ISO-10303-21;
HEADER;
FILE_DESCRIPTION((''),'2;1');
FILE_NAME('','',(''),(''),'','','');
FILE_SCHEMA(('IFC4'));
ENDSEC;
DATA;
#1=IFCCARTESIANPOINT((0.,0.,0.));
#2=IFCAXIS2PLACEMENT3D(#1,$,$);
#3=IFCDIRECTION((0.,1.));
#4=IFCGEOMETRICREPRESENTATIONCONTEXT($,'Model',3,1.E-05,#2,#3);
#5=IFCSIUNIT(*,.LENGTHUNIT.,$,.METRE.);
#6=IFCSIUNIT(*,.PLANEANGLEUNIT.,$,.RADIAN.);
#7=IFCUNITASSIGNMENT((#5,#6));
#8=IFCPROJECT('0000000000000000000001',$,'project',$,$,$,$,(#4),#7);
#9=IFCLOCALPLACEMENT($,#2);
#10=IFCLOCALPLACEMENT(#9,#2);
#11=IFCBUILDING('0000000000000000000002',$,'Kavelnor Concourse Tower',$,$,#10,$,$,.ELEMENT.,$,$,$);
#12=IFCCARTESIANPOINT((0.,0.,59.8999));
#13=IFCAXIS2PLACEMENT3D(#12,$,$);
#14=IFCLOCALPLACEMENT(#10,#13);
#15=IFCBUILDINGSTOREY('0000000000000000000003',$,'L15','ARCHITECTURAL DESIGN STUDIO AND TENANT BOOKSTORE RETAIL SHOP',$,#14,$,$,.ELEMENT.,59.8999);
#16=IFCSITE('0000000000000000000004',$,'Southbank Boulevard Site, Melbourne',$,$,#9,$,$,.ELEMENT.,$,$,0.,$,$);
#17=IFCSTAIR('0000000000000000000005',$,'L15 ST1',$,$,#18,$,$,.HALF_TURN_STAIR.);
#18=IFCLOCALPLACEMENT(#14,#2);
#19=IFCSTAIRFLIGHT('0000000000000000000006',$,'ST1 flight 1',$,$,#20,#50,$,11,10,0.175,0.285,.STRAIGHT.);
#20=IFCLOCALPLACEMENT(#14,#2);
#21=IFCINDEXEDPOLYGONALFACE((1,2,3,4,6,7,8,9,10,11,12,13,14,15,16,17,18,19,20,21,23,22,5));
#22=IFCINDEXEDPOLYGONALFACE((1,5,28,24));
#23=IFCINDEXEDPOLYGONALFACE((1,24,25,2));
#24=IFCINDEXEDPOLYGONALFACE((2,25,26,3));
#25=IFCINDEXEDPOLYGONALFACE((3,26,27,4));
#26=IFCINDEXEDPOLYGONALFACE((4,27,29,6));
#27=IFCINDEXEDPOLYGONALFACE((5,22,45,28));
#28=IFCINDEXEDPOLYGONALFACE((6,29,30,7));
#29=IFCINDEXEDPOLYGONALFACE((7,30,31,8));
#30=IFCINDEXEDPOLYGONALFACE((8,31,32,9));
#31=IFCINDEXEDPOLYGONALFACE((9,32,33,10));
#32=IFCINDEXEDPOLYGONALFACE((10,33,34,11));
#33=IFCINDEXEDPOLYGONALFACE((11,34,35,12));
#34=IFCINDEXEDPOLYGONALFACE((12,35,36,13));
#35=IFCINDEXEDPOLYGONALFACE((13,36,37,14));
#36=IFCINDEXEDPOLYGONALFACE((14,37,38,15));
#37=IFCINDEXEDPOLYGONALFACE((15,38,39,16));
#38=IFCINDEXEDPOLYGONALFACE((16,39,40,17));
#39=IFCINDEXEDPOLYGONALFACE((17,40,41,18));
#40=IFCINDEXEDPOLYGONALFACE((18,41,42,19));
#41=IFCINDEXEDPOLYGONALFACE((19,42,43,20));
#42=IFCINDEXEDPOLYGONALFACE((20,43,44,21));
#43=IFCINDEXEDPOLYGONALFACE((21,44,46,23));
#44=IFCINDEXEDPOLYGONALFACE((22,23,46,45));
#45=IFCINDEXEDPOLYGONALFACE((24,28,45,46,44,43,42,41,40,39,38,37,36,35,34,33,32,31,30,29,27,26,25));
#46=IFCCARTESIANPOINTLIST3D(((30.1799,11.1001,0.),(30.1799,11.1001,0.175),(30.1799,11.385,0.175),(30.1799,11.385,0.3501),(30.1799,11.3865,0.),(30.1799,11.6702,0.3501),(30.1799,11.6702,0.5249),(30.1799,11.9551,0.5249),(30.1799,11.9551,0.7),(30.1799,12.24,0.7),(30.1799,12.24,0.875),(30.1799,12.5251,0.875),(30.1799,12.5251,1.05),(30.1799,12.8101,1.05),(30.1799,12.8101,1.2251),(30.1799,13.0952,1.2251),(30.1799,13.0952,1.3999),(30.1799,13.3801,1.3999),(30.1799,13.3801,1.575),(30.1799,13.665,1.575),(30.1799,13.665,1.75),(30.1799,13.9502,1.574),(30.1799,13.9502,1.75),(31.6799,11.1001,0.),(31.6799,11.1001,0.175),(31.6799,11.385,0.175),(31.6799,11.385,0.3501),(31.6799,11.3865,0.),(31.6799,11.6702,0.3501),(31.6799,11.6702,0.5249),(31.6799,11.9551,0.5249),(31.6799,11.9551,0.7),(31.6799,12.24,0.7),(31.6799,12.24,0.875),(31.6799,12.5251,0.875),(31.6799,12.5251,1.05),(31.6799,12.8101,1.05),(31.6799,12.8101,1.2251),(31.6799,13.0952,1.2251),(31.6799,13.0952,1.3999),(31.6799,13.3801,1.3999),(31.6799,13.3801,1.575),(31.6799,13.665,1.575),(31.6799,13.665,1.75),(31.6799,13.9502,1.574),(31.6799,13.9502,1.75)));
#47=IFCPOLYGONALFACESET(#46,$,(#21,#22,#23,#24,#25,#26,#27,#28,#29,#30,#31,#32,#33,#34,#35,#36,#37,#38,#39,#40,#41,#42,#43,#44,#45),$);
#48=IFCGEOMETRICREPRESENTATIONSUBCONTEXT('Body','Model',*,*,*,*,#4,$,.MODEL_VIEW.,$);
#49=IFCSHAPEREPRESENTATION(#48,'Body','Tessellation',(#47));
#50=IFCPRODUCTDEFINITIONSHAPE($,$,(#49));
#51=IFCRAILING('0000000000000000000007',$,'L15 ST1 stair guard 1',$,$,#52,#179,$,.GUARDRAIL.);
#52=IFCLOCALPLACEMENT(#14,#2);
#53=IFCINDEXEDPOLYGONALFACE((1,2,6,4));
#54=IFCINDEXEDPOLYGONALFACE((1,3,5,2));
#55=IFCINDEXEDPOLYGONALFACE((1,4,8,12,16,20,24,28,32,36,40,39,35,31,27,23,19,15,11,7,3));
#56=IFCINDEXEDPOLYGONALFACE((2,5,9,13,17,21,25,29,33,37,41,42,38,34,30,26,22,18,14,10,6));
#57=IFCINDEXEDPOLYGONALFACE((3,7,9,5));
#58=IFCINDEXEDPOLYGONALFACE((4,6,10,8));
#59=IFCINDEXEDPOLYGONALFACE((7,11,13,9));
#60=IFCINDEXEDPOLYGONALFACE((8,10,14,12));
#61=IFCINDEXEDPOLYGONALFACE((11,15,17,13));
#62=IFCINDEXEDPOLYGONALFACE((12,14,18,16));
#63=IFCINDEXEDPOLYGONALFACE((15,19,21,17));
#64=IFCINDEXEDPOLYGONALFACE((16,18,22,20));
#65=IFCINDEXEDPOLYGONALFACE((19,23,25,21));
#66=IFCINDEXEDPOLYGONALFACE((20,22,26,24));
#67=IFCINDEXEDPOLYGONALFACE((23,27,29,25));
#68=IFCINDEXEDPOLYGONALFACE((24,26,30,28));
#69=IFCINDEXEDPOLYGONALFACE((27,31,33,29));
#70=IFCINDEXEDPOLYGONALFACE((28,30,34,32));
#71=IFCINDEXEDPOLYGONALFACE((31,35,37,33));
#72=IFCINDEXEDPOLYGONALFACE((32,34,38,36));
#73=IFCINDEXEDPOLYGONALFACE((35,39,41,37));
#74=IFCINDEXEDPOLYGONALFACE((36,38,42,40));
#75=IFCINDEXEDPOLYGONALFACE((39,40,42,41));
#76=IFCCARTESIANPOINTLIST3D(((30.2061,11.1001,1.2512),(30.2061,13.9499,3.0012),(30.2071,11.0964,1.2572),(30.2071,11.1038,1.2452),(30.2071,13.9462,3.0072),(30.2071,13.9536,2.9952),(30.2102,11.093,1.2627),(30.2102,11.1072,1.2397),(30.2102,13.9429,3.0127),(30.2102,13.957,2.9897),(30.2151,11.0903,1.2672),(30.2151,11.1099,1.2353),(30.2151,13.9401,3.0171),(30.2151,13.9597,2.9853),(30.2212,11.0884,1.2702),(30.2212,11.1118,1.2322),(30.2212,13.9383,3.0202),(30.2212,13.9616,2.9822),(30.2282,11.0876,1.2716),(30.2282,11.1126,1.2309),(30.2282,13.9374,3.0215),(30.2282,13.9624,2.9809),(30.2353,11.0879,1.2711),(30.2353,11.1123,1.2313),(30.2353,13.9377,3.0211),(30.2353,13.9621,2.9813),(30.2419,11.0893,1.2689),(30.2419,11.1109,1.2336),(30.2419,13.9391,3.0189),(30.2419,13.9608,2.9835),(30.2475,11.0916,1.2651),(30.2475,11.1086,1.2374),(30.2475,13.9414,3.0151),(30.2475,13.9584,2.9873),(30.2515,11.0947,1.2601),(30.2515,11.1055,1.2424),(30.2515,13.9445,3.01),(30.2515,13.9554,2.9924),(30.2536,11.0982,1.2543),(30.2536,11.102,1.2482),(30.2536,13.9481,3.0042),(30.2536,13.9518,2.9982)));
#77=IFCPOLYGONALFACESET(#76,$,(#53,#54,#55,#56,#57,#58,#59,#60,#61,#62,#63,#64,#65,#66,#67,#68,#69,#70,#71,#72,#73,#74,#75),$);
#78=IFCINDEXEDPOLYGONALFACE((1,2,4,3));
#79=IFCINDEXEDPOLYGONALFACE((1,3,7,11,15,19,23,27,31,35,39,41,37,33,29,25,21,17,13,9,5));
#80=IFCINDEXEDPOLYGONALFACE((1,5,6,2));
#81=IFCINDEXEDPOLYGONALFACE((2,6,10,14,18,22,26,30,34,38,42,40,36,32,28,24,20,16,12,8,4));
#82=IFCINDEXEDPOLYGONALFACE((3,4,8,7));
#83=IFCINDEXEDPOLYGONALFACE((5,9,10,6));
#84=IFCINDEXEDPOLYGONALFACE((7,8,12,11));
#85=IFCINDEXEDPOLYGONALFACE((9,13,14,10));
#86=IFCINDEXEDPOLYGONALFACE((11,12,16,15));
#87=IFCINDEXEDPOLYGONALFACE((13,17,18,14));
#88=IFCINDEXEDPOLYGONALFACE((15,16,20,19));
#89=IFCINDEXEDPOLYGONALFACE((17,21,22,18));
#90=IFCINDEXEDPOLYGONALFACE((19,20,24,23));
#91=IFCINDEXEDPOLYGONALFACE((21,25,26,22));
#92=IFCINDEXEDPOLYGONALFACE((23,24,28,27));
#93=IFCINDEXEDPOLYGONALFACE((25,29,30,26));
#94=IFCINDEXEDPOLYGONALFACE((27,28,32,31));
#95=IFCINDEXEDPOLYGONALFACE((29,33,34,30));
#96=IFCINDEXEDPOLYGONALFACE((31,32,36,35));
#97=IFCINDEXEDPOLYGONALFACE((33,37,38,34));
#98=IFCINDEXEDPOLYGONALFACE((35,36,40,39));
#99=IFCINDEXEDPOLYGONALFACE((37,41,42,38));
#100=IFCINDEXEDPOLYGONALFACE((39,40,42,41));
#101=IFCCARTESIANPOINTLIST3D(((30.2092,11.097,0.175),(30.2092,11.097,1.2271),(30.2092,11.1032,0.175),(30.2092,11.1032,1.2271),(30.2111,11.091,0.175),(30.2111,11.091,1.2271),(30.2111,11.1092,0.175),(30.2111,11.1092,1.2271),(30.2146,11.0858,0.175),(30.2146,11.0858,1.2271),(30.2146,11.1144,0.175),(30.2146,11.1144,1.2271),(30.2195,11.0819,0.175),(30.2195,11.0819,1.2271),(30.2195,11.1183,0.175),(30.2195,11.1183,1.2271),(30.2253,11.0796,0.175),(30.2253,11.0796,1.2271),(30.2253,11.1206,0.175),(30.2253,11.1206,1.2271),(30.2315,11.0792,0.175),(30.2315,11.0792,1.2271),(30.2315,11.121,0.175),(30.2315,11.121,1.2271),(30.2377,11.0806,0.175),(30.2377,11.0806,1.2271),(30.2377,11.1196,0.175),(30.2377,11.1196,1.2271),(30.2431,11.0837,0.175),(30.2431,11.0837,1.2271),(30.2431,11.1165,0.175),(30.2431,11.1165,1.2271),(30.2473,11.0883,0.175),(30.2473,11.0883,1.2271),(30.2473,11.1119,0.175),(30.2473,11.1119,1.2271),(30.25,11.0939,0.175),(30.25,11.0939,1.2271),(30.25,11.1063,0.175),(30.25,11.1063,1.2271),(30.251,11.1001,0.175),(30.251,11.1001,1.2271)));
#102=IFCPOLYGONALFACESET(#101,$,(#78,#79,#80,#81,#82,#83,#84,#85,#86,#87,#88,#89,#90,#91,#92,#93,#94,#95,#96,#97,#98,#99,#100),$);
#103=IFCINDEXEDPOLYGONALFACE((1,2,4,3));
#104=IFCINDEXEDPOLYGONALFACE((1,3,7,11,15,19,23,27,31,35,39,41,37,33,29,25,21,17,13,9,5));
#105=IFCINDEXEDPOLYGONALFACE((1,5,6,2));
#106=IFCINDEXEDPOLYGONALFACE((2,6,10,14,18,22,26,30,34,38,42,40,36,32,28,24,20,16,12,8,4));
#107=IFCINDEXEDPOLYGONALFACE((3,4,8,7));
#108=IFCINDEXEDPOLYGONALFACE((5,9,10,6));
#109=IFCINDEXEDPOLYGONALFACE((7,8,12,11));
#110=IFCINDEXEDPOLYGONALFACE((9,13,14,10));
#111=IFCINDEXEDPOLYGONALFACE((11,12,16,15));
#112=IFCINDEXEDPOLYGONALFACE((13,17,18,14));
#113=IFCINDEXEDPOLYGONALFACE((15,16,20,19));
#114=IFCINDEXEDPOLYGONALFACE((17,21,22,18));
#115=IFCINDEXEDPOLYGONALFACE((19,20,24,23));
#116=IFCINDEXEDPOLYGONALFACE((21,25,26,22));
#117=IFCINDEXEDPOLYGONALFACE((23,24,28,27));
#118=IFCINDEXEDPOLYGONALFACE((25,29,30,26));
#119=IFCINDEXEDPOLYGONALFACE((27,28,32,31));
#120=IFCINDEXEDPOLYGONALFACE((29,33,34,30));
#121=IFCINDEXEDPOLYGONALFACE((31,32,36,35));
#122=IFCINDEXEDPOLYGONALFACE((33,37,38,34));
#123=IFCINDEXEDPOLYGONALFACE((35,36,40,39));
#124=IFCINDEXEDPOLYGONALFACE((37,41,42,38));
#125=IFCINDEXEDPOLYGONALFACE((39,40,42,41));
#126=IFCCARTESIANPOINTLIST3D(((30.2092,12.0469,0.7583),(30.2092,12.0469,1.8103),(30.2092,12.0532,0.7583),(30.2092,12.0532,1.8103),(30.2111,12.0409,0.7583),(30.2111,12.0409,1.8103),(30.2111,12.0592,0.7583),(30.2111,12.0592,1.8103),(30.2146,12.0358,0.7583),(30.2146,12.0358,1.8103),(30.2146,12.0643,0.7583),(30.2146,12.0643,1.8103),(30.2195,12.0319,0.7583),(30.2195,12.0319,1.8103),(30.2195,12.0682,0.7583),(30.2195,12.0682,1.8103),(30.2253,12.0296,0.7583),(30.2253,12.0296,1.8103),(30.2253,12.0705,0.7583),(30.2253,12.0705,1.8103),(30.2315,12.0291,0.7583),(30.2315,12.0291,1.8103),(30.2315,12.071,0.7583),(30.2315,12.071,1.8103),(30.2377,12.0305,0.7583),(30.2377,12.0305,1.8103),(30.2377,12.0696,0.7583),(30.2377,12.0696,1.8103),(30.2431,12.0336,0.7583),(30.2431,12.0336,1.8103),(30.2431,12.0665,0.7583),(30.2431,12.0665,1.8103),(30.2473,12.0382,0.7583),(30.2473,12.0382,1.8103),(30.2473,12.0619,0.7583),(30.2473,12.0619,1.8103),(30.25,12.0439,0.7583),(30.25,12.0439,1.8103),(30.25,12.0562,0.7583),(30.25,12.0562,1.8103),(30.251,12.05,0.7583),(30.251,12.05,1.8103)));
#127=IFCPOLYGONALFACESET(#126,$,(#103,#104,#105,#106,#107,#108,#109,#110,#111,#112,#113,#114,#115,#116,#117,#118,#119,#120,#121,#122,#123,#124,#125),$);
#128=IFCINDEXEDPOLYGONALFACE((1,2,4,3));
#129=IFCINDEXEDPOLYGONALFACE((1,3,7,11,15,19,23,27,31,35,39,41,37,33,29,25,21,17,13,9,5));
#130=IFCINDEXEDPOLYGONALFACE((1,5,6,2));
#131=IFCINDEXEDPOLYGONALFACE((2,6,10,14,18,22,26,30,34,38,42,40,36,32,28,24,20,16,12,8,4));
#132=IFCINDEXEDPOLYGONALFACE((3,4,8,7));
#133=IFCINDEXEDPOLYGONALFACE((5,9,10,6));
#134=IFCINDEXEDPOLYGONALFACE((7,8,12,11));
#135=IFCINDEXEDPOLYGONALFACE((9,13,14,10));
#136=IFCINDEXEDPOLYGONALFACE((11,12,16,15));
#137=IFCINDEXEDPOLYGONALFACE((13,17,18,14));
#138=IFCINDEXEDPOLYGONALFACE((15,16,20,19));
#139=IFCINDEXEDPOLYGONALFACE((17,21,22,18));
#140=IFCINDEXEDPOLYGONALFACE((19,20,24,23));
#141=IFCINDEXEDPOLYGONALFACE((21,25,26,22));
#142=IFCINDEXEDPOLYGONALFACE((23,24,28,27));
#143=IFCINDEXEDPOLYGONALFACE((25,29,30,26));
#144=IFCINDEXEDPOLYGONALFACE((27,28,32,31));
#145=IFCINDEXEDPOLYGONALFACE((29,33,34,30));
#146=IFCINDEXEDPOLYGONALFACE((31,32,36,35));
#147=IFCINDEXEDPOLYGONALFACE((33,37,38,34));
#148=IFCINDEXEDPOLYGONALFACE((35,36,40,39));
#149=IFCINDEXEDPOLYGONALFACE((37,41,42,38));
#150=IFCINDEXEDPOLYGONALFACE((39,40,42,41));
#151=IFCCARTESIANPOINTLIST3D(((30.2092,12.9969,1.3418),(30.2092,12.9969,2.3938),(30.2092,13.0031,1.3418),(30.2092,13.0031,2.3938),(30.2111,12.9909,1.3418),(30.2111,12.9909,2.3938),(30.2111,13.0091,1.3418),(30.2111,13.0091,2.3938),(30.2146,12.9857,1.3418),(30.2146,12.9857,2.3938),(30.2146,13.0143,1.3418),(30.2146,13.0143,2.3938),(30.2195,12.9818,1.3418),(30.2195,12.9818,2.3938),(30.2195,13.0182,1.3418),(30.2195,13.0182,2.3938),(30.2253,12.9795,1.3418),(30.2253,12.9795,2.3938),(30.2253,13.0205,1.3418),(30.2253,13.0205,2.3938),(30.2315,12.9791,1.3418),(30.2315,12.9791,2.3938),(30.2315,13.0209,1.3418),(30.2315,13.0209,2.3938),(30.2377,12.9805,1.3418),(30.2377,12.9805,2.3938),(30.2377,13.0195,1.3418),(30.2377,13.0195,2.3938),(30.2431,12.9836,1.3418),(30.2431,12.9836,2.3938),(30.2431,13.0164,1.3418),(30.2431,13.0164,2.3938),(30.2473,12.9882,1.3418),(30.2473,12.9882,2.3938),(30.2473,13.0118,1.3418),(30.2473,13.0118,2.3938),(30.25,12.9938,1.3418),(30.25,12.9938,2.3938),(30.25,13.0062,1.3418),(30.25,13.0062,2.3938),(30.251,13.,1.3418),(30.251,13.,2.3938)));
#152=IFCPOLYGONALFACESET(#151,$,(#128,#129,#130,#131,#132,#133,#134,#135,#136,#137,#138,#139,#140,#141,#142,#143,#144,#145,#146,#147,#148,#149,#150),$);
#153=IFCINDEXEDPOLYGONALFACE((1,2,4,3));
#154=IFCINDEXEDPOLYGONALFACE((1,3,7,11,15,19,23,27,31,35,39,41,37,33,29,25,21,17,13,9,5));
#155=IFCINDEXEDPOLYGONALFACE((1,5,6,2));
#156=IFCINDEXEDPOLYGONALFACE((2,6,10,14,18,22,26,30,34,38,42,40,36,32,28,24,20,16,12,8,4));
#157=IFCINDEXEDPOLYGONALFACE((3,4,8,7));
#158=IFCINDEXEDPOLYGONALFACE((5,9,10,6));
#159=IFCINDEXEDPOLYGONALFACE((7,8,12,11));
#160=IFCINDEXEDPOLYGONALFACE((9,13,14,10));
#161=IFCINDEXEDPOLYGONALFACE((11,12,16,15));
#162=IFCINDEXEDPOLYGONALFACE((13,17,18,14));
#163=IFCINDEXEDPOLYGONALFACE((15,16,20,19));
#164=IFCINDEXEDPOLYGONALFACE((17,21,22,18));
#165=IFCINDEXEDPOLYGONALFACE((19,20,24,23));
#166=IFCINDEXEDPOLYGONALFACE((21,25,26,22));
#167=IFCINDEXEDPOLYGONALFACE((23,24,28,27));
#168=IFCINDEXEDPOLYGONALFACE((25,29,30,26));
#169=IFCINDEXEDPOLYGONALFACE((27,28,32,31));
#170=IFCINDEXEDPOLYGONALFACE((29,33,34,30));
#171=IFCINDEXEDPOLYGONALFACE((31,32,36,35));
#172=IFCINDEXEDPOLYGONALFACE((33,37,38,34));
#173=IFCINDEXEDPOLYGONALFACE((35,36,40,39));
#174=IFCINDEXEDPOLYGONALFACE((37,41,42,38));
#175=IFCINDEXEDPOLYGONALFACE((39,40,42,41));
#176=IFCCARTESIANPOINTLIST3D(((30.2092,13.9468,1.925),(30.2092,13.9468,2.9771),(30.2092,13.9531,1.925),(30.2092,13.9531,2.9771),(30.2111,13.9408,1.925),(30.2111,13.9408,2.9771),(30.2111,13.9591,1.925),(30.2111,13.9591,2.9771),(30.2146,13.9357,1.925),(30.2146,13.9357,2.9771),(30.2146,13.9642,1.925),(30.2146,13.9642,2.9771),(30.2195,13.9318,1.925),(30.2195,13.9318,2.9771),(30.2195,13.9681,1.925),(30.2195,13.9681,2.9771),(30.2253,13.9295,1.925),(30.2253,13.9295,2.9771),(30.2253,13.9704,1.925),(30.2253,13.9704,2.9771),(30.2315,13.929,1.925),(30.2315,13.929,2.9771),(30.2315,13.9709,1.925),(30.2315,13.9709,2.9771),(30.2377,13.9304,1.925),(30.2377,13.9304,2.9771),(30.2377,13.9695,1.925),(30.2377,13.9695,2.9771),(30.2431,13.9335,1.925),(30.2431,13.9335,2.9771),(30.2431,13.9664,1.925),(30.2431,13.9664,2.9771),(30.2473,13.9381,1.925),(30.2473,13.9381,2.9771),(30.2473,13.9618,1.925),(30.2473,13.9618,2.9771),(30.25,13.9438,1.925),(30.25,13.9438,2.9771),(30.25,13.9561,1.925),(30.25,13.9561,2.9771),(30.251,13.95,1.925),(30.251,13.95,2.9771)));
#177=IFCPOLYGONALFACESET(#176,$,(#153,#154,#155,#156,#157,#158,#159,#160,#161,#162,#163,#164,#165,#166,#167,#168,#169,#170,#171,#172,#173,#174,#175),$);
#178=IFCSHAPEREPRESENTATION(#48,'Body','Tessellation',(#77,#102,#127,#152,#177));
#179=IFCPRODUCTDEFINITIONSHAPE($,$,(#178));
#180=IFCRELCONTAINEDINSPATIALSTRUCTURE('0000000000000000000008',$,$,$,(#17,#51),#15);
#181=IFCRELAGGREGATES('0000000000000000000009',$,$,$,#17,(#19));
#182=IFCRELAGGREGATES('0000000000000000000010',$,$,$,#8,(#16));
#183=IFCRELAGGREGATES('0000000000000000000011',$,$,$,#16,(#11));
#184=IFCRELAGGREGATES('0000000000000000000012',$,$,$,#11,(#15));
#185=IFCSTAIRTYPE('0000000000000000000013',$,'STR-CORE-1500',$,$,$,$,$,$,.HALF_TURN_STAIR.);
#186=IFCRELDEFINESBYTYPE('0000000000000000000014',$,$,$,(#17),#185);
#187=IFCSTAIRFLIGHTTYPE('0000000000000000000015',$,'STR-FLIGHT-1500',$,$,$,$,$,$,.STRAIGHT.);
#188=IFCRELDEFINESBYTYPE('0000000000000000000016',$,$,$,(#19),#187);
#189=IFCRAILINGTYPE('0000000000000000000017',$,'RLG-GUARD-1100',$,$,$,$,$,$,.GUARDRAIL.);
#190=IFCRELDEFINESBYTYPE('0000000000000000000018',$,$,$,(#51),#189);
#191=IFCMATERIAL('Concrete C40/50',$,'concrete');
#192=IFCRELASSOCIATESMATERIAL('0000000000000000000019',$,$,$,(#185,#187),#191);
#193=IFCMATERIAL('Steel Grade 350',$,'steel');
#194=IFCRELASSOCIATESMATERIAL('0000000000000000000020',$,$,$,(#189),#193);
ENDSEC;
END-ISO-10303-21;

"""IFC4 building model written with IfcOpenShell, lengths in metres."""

from ifc_helpers import new_model, si_unit, direction, frame, origin, origin_2d, place, context, subcontext, project, spatial, polyline, circle, outline, extrude, material, type_object, element, aggregate, save


model = new_model("IFC4")

# Units and contexts
model_context = context("Model", 3, precision=1e-05, world=origin(), true_north=direction((0.0, 1.0)))
body_context = subcontext(model_context, "Body", "Model", "MODEL_VIEW")
ifc_project = project(units=[si_unit("LENGTHUNIT", "METRE"), si_unit("PLANEANGLEUNIT", "RADIAN")], contexts=[model_context])

# Site, building, storey
site_placement = place(None, origin())
site = spatial("IfcSite", under=ifc_project, at=site_placement, Name="Southbank Boulevard Site, Melbourne", CompositionType="ELEMENT", RefElevation=0.0)
building_placement = place(site_placement, origin())
building = spatial("IfcBuilding", under=site, at=building_placement, Name="Kavelnor Concourse Tower", CompositionType="ELEMENT")
storey_placement = place(building_placement, frame((0.0, 0.0, 59.8999)))
storey = spatial("IfcBuildingStorey", under=building, at=storey_placement, Name="L15", Description="ARCHITECTURAL DESIGN STUDIO AND TENANT BOOKSTORE RETAIL SHOP", CompositionType="ELEMENT", Elevation=59.8999)

# Shared definitions
ifc_material_1 = material(Name="Steel Grade 350", Category="steel")

# Stair, stair flight
ifc_material_2 = material(Name="Concrete C40/50", Category="concrete")
stair_type = type_object("IfcStairType", Name="STR-CORE-1500", PredefinedType="HALF_TURN_STAIR", material=ifc_material_2)
stair_placement = place(storey_placement, origin())
stair = element("IfcStair", 1, at=stair_placement, inside=storey, type_object=stair_type, Name="L15 ST1", PredefinedType="HALF_TURN_STAIR")
stair_flight_type = type_object("IfcStairFlightType", Name="STR-FLIGHT-1500", PredefinedType="STRAIGHT", material=ifc_material_2)
stair_flight_placement = place(storey_placement, frame((30.9299, 11.1001, 0.0), z_axis=(0.0, 0.0, 1.0), x_axis=(0.0, 1.0, 0.0)))
stair_flight = element("IfcStairFlight", 2, at=stair_flight_placement, type_object=stair_flight_type, Name="ST1 flight 1", NumberOfRisers=11, NumberOfTreads=10, PredefinedType="STRAIGHT", RiserHeight=0.175, TreadLength=0.285, context=body_context, shape_type="SweptSolid", body=[
    extrude(outline(polyline([(0.0, 0.0), (0.0, 0.175), (0.2849, 0.175), (0.2849, 0.3501), (0.5701, 0.3501), (0.5701, 0.5249), (0.855, 0.5249), (0.855, 0.7), (1.1399, 0.7), (1.1399, 0.875), (1.425, 0.875), (1.425, 1.05), (1.71, 1.05), (1.71, 1.2251), (1.9951, 1.2251), (1.9951, 1.3999), (2.28, 1.3999), (2.28, 1.575), (2.5649, 1.575), (2.5649, 1.75), (2.8501, 1.75), (2.8501, 1.925), (2.8501, 1.574), (0.2864, 0.0), (0.0, 0.0)])), frame((0.0, 0.75, 0.0), z_axis=(0.0, -1.0, 0.0), x_axis=(1.0, 0.0, 0.0)), (0.0, 0.0, 1.0), 1.5),
])
aggregate(stair, [stair_flight])

# Railing
railing_type_1 = type_object("IfcRailingType", Name="RLG-GUARD-1100", PredefinedType="GUARDRAIL", material=ifc_material_1)
railing_1_placement = place(storey_placement, frame((30.23, 11.1001, 0.175)))
element("IfcRailing", 3, at=railing_1_placement, inside=storey, type_object=railing_type_1, Name="L15 ST1 stair guard 1", PredefinedType="GUARDRAIL", context=body_context, shape_type="SweptSolid", body=[
    extrude(circle(Radius=0.0239, at=origin_2d()), frame((0.0, 0.0, 1.0762), z_axis=(0.0, 0.852159, 0.523283), x_axis=(-1.0, 0.0, 0.0)), (0.0, 0.0, 1.0), 3.3442),
    extrude(circle(Radius=0.021, at=origin_2d()), origin(), (0.0, 0.0, 1.0), 1.052),
    extrude(circle(Radius=0.021, at=origin_2d()), frame((0.0, 0.95, 0.5833)), (0.0, 0.0, 1.0), 1.052),
    extrude(circle(Radius=0.021, at=origin_2d()), frame((0.0, 1.8999, 1.1667)), (0.0, 0.0, 1.0), 1.052),
    extrude(circle(Radius=0.021, at=origin_2d()), frame((0.0, 2.8499, 1.75)), (0.0, 0.0, 1.0), 1.052),
])

save(model, "model.ifc")
